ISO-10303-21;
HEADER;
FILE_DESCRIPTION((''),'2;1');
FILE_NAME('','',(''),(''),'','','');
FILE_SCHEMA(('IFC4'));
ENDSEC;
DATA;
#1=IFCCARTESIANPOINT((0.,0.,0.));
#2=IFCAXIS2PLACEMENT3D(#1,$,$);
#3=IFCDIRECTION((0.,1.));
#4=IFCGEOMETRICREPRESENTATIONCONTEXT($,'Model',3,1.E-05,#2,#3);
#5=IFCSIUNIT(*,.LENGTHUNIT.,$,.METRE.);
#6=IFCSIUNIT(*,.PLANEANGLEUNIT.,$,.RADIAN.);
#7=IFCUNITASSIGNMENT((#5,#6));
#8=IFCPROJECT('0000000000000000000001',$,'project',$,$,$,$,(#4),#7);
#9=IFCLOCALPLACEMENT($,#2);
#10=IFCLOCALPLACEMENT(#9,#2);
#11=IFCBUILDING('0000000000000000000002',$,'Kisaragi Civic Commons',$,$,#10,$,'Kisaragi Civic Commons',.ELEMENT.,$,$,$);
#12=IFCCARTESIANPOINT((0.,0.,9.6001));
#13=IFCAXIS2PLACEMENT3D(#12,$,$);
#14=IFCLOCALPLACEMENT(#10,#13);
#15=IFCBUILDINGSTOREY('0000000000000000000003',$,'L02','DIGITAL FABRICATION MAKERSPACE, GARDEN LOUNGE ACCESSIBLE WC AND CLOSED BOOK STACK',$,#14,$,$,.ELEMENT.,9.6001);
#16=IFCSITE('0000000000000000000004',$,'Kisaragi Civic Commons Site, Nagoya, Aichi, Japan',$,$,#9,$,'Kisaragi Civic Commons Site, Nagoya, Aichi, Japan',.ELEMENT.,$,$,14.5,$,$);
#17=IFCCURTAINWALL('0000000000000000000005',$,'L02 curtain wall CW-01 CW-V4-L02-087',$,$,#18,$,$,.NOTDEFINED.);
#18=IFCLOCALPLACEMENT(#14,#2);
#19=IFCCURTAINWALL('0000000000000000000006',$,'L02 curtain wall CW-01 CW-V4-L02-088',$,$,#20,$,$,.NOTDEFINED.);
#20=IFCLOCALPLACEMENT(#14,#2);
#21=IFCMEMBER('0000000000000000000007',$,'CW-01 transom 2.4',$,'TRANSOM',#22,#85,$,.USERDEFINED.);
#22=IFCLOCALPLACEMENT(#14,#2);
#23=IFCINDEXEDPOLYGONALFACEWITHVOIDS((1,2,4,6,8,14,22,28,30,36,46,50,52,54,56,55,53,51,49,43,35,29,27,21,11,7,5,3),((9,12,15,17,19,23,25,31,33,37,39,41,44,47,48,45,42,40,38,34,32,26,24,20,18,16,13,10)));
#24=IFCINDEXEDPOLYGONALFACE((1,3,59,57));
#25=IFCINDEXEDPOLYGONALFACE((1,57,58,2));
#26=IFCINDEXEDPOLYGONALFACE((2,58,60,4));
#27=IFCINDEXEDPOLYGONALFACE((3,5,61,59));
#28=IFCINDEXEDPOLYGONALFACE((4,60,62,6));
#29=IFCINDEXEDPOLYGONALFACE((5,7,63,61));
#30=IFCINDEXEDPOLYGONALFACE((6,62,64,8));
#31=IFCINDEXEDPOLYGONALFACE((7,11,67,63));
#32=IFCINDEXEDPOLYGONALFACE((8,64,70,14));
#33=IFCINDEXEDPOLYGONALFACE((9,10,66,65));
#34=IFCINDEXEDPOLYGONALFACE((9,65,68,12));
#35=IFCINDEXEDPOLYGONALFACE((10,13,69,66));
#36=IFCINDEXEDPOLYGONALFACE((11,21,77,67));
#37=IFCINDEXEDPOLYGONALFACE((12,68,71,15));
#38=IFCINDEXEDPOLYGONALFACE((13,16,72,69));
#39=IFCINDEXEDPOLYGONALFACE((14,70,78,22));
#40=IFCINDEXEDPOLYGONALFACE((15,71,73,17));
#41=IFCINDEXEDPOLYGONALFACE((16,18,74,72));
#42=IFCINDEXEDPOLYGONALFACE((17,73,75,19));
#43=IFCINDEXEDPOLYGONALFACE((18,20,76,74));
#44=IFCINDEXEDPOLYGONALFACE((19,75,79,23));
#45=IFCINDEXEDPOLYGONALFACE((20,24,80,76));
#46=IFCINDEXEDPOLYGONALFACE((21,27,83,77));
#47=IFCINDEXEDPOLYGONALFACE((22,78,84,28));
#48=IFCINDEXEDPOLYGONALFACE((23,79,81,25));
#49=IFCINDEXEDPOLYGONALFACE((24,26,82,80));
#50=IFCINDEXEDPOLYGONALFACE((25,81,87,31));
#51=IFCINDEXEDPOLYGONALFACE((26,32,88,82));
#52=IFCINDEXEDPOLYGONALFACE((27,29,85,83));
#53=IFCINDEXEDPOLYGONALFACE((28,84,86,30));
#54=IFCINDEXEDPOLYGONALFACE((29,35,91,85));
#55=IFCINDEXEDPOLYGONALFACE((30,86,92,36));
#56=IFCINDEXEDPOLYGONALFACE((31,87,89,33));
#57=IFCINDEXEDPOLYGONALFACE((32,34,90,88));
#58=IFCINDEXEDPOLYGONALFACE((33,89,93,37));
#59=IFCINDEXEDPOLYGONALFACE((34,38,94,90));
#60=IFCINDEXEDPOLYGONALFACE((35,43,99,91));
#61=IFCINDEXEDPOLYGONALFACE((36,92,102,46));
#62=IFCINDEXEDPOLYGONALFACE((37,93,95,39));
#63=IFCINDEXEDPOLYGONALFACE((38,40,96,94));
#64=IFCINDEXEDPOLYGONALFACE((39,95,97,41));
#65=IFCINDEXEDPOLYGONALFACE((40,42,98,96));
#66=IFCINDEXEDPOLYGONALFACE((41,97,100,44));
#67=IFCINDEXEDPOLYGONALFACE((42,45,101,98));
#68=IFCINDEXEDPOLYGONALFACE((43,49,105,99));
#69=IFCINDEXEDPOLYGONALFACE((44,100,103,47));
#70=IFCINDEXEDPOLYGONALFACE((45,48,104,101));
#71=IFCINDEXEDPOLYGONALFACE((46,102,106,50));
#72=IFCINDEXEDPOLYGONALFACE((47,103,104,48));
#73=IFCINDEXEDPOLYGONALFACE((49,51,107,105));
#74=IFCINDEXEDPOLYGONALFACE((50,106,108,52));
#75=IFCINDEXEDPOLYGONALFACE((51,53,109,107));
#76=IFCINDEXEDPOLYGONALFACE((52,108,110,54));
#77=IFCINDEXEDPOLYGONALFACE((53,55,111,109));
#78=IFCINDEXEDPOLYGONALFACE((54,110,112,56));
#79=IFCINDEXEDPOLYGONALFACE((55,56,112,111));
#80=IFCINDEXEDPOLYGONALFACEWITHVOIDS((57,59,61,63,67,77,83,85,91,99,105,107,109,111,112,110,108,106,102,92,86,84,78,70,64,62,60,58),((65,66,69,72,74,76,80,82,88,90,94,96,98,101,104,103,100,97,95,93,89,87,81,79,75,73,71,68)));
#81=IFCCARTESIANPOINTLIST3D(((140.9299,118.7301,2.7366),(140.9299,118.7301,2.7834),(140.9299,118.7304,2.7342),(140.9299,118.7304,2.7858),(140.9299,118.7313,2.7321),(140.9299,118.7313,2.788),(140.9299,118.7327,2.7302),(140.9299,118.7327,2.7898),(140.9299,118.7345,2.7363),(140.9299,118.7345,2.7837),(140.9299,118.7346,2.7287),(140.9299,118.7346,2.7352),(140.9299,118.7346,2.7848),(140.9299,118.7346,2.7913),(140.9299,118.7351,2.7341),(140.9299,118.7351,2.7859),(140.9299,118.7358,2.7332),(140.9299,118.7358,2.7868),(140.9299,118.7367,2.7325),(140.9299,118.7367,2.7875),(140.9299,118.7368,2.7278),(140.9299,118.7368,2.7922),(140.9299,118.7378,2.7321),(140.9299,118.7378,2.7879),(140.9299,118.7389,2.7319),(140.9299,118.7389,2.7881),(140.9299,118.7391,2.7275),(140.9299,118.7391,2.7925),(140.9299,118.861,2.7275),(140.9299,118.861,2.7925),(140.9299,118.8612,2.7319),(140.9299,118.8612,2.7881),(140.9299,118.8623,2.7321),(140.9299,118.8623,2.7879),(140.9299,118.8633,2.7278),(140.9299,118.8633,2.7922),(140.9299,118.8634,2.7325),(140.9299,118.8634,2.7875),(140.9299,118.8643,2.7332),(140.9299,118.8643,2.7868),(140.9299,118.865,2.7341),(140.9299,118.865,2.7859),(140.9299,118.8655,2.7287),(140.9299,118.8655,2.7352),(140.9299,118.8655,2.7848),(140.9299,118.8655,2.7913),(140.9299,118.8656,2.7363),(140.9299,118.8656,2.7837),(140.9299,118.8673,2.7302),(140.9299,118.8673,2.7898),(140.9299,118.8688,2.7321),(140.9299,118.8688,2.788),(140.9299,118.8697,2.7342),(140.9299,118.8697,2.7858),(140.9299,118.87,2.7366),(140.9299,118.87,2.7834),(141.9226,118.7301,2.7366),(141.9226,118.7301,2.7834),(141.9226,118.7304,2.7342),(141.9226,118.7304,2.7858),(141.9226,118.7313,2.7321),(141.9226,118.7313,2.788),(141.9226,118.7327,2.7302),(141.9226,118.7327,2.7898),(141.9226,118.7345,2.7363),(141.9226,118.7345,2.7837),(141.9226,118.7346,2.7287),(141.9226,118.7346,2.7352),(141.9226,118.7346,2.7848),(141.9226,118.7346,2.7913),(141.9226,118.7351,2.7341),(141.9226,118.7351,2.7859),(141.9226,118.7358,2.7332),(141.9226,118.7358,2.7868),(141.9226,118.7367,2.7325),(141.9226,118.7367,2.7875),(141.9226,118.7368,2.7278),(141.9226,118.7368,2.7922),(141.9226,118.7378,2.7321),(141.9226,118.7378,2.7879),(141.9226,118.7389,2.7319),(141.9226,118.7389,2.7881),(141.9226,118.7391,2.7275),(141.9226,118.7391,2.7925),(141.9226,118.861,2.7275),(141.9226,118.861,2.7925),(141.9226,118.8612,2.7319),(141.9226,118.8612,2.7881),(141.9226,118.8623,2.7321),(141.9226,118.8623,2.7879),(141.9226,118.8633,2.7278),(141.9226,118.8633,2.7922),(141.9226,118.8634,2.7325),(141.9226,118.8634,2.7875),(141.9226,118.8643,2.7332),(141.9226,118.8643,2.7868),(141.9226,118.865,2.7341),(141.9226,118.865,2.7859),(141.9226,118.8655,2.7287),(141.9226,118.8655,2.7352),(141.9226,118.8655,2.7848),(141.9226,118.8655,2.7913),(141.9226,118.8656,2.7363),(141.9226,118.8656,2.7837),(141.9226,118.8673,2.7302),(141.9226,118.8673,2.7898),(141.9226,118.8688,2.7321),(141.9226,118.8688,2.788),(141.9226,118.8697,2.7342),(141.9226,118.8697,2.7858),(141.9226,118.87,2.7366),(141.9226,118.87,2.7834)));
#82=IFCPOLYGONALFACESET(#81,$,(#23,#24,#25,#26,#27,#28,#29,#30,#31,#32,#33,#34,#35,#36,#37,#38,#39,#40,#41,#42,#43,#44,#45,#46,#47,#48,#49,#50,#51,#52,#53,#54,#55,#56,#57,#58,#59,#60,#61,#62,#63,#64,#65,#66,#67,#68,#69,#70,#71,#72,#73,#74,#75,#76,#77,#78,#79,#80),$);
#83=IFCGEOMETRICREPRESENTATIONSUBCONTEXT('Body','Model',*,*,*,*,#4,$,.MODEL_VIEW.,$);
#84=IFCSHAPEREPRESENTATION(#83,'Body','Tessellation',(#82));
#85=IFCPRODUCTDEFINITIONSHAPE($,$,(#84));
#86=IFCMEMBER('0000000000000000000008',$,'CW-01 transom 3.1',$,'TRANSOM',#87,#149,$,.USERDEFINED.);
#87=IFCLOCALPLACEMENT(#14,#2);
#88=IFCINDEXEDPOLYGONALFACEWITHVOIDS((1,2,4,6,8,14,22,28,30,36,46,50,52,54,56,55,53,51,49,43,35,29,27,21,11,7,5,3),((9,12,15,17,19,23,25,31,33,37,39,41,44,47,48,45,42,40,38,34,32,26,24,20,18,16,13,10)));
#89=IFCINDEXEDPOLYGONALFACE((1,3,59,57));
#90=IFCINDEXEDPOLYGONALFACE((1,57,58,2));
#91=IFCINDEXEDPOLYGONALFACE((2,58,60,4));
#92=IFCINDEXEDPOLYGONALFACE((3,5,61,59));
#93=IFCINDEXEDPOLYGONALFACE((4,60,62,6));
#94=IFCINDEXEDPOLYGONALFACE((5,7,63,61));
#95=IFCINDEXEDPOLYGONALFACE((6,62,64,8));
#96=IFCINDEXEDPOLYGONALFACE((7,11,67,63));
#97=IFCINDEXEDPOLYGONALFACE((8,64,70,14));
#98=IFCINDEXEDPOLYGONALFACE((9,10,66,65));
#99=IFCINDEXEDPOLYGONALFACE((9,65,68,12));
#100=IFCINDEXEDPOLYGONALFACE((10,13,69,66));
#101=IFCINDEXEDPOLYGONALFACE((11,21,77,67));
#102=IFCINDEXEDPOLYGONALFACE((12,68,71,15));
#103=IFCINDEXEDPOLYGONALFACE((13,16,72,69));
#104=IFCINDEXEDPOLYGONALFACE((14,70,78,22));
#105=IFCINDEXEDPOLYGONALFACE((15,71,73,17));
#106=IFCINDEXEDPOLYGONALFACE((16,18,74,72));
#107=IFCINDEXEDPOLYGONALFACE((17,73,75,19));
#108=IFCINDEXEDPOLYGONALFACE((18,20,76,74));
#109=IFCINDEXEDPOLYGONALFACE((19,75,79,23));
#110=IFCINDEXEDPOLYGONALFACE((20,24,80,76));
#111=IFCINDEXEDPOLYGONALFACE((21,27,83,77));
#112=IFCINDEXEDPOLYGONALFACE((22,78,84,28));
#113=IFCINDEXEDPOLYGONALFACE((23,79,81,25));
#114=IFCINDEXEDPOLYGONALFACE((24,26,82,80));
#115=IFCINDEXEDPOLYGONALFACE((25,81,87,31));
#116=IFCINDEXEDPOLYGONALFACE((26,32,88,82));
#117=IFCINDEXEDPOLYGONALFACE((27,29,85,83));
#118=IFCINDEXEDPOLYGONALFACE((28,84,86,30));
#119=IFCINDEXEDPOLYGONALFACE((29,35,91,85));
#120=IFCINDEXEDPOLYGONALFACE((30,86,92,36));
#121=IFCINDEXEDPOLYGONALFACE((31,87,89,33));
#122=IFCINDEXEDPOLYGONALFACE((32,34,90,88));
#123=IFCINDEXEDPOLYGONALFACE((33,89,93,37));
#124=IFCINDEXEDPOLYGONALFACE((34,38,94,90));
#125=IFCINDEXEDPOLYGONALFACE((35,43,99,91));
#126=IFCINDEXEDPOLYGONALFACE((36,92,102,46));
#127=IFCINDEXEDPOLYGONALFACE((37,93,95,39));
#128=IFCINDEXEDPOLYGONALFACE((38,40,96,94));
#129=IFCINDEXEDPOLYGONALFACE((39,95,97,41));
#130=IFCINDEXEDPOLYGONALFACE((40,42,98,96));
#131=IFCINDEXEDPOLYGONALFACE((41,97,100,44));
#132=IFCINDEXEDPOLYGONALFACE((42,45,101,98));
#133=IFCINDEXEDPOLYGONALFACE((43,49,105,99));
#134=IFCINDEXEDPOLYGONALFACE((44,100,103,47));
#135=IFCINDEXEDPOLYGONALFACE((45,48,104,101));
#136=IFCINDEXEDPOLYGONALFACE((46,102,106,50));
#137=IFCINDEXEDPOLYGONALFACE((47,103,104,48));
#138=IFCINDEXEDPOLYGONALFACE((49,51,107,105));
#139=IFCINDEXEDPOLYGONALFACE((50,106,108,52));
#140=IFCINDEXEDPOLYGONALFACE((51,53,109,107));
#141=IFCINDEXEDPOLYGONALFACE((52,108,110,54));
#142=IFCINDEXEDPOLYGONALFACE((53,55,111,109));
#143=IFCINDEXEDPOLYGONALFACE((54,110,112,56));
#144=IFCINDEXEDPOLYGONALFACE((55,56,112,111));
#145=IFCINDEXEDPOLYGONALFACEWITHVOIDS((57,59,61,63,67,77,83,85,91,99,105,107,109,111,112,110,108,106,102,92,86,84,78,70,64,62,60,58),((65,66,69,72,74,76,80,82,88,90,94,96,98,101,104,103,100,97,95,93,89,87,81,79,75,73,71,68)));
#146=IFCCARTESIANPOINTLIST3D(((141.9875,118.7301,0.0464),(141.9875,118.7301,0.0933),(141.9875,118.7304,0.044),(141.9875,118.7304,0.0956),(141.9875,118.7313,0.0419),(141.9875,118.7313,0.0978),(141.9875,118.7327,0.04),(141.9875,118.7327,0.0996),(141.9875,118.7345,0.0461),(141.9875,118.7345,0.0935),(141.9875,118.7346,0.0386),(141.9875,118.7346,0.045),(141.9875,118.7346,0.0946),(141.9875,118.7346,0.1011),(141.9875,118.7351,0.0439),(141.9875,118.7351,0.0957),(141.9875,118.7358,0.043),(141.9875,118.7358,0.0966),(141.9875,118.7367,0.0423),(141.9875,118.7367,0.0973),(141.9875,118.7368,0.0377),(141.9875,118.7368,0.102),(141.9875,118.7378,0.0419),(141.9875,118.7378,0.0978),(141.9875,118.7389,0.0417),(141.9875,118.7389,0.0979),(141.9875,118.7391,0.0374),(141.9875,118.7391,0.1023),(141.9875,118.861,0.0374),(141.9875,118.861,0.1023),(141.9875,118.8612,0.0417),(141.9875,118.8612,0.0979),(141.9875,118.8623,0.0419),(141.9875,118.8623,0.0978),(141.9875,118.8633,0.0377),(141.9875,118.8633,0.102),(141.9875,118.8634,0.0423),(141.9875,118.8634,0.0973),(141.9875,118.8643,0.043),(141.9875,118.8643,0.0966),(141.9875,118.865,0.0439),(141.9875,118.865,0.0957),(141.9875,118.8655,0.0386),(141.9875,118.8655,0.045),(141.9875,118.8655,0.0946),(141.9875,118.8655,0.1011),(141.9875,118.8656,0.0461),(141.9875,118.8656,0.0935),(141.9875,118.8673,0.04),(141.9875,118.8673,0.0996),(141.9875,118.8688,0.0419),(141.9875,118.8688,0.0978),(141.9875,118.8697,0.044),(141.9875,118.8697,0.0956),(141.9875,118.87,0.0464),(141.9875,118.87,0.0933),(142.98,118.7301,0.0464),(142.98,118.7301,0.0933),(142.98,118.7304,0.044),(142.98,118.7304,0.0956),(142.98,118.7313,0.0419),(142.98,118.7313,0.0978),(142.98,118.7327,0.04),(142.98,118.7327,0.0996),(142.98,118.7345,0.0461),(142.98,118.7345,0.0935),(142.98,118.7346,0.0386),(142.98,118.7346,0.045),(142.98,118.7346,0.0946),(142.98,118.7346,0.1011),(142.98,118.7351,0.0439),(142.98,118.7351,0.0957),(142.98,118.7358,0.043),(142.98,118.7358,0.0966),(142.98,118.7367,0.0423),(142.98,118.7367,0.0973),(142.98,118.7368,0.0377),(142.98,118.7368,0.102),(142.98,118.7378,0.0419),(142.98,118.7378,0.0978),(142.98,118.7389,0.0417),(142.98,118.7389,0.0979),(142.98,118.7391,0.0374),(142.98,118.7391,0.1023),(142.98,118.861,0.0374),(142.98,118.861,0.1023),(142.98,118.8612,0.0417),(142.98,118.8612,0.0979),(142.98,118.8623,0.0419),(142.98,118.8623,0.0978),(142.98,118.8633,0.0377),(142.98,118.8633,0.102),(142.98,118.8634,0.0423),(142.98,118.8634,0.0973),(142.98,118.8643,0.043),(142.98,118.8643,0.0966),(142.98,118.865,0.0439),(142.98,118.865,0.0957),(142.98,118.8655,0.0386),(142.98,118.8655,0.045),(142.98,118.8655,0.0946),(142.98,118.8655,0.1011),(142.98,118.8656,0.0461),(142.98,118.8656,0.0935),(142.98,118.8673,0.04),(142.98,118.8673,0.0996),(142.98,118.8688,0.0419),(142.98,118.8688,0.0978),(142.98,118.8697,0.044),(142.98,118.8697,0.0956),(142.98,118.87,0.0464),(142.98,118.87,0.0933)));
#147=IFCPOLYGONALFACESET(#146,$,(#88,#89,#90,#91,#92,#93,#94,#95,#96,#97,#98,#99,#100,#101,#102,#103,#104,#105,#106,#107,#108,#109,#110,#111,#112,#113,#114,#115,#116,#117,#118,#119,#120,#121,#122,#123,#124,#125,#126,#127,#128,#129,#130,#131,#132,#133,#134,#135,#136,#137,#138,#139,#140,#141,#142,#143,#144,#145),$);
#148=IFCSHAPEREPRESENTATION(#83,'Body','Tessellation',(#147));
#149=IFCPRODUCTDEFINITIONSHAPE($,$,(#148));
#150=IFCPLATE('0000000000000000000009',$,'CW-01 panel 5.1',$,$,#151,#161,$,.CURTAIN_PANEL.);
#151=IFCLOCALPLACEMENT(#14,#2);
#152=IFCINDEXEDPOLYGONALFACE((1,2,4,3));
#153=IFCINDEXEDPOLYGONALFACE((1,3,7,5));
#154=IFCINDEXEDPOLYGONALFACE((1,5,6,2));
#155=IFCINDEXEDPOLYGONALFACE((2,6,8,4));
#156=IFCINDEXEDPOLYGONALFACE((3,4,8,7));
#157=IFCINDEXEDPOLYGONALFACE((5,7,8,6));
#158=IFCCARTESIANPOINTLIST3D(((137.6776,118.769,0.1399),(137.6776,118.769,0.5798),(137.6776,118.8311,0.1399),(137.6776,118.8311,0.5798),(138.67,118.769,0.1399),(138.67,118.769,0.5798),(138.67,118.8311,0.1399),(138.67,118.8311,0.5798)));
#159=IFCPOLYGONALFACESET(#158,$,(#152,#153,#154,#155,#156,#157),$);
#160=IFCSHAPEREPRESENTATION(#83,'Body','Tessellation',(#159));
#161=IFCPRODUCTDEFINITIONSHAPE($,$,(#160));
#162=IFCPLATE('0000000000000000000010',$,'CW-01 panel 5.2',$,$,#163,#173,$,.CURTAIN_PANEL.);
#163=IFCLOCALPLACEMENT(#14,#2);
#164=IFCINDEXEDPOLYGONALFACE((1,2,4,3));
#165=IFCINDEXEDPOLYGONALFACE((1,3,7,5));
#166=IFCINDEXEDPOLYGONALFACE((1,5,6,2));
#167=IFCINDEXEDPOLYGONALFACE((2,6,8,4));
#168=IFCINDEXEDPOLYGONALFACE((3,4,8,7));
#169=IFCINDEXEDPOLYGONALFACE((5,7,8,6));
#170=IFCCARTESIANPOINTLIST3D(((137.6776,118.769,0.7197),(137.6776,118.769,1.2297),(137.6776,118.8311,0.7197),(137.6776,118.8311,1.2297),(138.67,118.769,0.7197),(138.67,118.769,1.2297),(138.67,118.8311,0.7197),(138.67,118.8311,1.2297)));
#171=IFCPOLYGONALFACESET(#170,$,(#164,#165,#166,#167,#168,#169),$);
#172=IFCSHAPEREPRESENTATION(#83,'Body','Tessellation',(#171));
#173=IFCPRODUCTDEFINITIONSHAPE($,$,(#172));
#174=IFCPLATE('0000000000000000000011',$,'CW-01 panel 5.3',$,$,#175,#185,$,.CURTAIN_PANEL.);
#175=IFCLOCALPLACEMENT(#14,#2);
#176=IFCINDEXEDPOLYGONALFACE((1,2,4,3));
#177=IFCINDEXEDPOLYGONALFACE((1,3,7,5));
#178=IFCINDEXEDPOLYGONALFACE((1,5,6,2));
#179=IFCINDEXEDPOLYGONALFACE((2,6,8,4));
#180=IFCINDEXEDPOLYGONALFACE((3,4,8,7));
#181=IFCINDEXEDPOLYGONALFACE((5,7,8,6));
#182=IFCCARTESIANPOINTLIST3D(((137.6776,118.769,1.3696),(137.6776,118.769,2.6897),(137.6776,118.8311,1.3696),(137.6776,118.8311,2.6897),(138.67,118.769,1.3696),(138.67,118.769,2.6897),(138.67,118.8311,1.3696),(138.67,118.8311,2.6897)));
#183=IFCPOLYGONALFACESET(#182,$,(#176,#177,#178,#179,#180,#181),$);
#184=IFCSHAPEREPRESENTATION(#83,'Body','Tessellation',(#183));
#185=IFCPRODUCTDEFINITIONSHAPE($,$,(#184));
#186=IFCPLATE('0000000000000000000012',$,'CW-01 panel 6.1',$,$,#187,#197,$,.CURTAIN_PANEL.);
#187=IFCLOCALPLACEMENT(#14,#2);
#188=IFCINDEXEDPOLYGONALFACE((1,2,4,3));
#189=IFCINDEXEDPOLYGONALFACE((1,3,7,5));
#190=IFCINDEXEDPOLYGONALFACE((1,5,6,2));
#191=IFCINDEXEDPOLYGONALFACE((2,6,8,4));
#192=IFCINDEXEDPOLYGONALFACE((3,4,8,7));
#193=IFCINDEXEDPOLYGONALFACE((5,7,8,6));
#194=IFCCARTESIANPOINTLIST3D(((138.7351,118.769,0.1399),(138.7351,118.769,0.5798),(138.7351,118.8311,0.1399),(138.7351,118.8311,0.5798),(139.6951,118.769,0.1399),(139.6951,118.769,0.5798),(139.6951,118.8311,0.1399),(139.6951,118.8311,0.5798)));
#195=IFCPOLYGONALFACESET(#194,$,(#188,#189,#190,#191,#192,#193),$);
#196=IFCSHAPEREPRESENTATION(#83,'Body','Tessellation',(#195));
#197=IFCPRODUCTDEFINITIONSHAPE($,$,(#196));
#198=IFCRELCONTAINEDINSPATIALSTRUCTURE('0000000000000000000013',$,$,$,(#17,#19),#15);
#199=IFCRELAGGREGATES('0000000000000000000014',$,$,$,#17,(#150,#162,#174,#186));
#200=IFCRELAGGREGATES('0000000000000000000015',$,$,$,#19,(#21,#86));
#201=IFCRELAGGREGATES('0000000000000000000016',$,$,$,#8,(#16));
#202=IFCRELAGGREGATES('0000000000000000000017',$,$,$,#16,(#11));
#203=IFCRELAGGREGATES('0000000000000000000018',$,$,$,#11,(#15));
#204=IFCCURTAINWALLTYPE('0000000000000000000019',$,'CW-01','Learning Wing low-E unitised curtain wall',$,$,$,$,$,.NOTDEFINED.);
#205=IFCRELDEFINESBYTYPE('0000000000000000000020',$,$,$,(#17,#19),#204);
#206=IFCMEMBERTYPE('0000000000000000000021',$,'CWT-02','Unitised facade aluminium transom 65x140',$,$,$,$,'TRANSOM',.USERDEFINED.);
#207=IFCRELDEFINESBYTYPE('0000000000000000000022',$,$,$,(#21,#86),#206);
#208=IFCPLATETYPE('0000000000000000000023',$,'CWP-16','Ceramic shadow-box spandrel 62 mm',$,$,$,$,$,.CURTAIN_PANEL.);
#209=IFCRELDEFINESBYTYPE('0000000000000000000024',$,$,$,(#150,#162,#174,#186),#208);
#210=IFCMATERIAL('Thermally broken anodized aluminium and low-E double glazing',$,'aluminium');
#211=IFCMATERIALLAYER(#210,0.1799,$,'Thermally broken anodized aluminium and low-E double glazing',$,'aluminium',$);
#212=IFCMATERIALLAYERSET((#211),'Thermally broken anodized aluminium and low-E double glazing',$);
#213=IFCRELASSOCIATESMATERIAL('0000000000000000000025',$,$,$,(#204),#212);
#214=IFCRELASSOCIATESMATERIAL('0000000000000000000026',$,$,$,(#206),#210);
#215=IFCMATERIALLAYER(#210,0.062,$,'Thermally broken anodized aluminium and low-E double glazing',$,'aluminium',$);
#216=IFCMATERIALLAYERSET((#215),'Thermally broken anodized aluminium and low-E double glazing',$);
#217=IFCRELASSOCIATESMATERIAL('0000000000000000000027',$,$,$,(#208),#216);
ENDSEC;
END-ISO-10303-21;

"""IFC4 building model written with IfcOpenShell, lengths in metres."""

from ifc_helpers import new_model, si_unit, direction, frame, origin, origin_2d, place, context, subcontext, project, spatial, rectangle, hollow_rectangle, extrude, material, layer, layer_set, material_profile, profile_set, type_object, element, aggregate, save


model = new_model("IFC4")

# Units and contexts
model_context = context("Model", 3, precision=1e-05, world=origin(), true_north=direction((0.0, 1.0)))
body_context = subcontext(model_context, "Body", "Model", "MODEL_VIEW")
ifc_project = project(units=[si_unit("LENGTHUNIT", "METRE"), si_unit("PLANEANGLEUNIT", "RADIAN")], contexts=[model_context])

# Site, building, storey
site_placement = place(None, origin())
site = spatial("IfcSite", under=ifc_project, at=site_placement, Name="Kisaragi Civic Commons Site, Nagoya, Aichi, Japan", LongName="Kisaragi Civic Commons Site, Nagoya, Aichi, Japan", CompositionType="ELEMENT", RefElevation=14.5)
building_placement = place(site_placement, origin())
building = spatial("IfcBuilding", under=site, at=building_placement, Name="Kisaragi Civic Commons", LongName="Kisaragi Civic Commons", CompositionType="ELEMENT")
storey_placement = place(building_placement, frame((0.0, 0.0, 9.6001)))
storey = spatial("IfcBuildingStorey", under=building, at=storey_placement, Name="L02", Description="DIGITAL FABRICATION MAKERSPACE, GARDEN LOUNGE ACCESSIBLE WC AND CLOSED BOOK STACK", CompositionType="ELEMENT", Elevation=9.6001)

# Curtain walls
ifc_material = material(Name="Thermally broken anodized aluminium and low-E double glazing", Category="aluminium")
ifc_layer_1 = layer(ifc_material, 0.1799, Name="Thermally broken anodized aluminium and low-E double glazing", Category="aluminium")
ifc_layer_set_1 = layer_set([ifc_layer_1], Name="Thermally broken anodized aluminium and low-E double glazing")
curtain_wall_type = type_object("IfcCurtainWallType", Name="CW-01", Description="Learning Wing low-E unitised curtain wall", PredefinedType="NOTDEFINED", material=ifc_layer_set_1)
curtain_wall_1_placement = place(storey_placement, origin())
curtain_wall_1 = element("IfcCurtainWall", 1, at=curtain_wall_1_placement, inside=storey, type_object=curtain_wall_type, Name="L02 curtain wall CW-01 CW-V4-L02-087", PredefinedType="NOTDEFINED")
curtain_wall_2_placement = place(storey_placement, origin())
curtain_wall_2 = element("IfcCurtainWall", 2, at=curtain_wall_2_placement, inside=storey, type_object=curtain_wall_type, Name="L02 curtain wall CW-01 CW-V4-L02-088", PredefinedType="NOTDEFINED")

# Members
ifc_material_profile_1 = material_profile(ifc_material, hollow_rectangle(XDim=0.1399, YDim=0.0649, WallThickness=0.0044, InnerFilletRadius=0.0044, OuterFilletRadius=0.009, at=origin_2d()), Name="CWT-65x140x4.5", Category="aluminium")
ifc_profile_set_1 = profile_set([ifc_material_profile_1], Name="Thermally broken anodized aluminium and low-E double glazing")
member_type_1 = type_object("IfcMemberType", Name="CWT-02", Description="Unitised facade aluminium transom 65x140", ElementType="TRANSOM", PredefinedType="USERDEFINED", material=ifc_profile_set_1)
member_1_placement = place(storey_placement, frame((140.9299, 118.8, 2.76), z_axis=(1.0, 0.0, 0.0), x_axis=(0.0, 1.0, 0.0)))
member_1 = element("IfcMember", 3, at=member_1_placement, type_object=member_type_1, Name="CW-01 transom 2.4", ObjectType="TRANSOM", PredefinedType="USERDEFINED", context=body_context, shape_type="SweptSolid", body=[
    extrude(hollow_rectangle(XDim=0.1399, YDim=0.0649, WallThickness=0.0044, InnerFilletRadius=0.0044, OuterFilletRadius=0.009, at=origin_2d()), origin(), (0.0, 0.0, 1.0), 0.9927),
])
member_2_placement = place(storey_placement, frame((141.9875, 118.8, 0.0698), z_axis=(1.0, 0.0, 0.0), x_axis=(0.0, 1.0, 0.0)))
member_2 = element("IfcMember", 4, at=member_2_placement, type_object=member_type_1, Name="CW-01 transom 3.1", ObjectType="TRANSOM", PredefinedType="USERDEFINED", context=body_context, shape_type="SweptSolid", body=[
    extrude(hollow_rectangle(XDim=0.1399, YDim=0.0649, WallThickness=0.0044, InnerFilletRadius=0.0044, OuterFilletRadius=0.009, at=origin_2d()), origin(), (0.0, 0.0, 1.0), 0.9924),
])

# Plates
ifc_layer_2 = layer(ifc_material, 0.062, Name="Thermally broken anodized aluminium and low-E double glazing", Category="aluminium")
ifc_layer_set_2 = layer_set([ifc_layer_2], Name="Thermally broken anodized aluminium and low-E double glazing")
plate_type_1 = type_object("IfcPlateType", Name="CWP-16", Description="Ceramic shadow-box spandrel 62 mm", PredefinedType="CURTAIN_PANEL", material=ifc_layer_set_2)
plate_1_placement = place(storey_placement, frame((138.1738, 118.8, 0.1399), z_axis=(0.0, 0.0, 1.0), x_axis=(1.0, 0.0, 0.0)))
plate_1 = element("IfcPlate", 5, at=plate_1_placement, type_object=plate_type_1, Name="CW-01 panel 5.1", PredefinedType="CURTAIN_PANEL", context=body_context, shape_type="SweptSolid", body=[
    extrude(rectangle(XDim=0.9924, YDim=0.062, at=origin_2d()), origin(), (0.0, 0.0, 1.0), 0.4399),
])
plate_2_placement = place(storey_placement, frame((138.1738, 118.8, 0.7197), z_axis=(0.0, 0.0, 1.0), x_axis=(1.0, 0.0, 0.0)))
plate_2 = element("IfcPlate", 6, at=plate_2_placement, type_object=plate_type_1, Name="CW-01 panel 5.2", PredefinedType="CURTAIN_PANEL", context=body_context, shape_type="SweptSolid", body=[
    extrude(rectangle(XDim=0.9924, YDim=0.062, at=origin_2d()), origin(), (0.0, 0.0, 1.0), 0.51),
])
plate_3_placement = place(storey_placement, frame((138.1738, 118.8, 1.3696), z_axis=(0.0, 0.0, 1.0), x_axis=(1.0, 0.0, 0.0)))
plate_3 = element("IfcPlate", 7, at=plate_3_placement, type_object=plate_type_1, Name="CW-01 panel 5.3", PredefinedType="CURTAIN_PANEL", context=body_context, shape_type="SweptSolid", body=[
    extrude(rectangle(XDim=0.9924, YDim=0.062, at=origin_2d()), origin(), (0.0, 0.0, 1.0), 1.3201),
])
plate_4_placement = place(storey_placement, frame((139.2151, 118.8, 0.1399), z_axis=(0.0, 0.0, 1.0), x_axis=(1.0, 0.0, 0.0)))
plate_4 = element("IfcPlate", 8, at=plate_4_placement, type_object=plate_type_1, Name="CW-01 panel 6.1", PredefinedType="CURTAIN_PANEL", context=body_context, shape_type="SweptSolid", body=[
    extrude(rectangle(XDim=0.96, YDim=0.062, at=origin_2d()), origin(), (0.0, 0.0, 1.0), 0.4399),
])
aggregate(curtain_wall_1, [plate_1, plate_2, plate_3, plate_4])
aggregate(curtain_wall_2, [member_1, member_2])

save(model, "model.ifc")
